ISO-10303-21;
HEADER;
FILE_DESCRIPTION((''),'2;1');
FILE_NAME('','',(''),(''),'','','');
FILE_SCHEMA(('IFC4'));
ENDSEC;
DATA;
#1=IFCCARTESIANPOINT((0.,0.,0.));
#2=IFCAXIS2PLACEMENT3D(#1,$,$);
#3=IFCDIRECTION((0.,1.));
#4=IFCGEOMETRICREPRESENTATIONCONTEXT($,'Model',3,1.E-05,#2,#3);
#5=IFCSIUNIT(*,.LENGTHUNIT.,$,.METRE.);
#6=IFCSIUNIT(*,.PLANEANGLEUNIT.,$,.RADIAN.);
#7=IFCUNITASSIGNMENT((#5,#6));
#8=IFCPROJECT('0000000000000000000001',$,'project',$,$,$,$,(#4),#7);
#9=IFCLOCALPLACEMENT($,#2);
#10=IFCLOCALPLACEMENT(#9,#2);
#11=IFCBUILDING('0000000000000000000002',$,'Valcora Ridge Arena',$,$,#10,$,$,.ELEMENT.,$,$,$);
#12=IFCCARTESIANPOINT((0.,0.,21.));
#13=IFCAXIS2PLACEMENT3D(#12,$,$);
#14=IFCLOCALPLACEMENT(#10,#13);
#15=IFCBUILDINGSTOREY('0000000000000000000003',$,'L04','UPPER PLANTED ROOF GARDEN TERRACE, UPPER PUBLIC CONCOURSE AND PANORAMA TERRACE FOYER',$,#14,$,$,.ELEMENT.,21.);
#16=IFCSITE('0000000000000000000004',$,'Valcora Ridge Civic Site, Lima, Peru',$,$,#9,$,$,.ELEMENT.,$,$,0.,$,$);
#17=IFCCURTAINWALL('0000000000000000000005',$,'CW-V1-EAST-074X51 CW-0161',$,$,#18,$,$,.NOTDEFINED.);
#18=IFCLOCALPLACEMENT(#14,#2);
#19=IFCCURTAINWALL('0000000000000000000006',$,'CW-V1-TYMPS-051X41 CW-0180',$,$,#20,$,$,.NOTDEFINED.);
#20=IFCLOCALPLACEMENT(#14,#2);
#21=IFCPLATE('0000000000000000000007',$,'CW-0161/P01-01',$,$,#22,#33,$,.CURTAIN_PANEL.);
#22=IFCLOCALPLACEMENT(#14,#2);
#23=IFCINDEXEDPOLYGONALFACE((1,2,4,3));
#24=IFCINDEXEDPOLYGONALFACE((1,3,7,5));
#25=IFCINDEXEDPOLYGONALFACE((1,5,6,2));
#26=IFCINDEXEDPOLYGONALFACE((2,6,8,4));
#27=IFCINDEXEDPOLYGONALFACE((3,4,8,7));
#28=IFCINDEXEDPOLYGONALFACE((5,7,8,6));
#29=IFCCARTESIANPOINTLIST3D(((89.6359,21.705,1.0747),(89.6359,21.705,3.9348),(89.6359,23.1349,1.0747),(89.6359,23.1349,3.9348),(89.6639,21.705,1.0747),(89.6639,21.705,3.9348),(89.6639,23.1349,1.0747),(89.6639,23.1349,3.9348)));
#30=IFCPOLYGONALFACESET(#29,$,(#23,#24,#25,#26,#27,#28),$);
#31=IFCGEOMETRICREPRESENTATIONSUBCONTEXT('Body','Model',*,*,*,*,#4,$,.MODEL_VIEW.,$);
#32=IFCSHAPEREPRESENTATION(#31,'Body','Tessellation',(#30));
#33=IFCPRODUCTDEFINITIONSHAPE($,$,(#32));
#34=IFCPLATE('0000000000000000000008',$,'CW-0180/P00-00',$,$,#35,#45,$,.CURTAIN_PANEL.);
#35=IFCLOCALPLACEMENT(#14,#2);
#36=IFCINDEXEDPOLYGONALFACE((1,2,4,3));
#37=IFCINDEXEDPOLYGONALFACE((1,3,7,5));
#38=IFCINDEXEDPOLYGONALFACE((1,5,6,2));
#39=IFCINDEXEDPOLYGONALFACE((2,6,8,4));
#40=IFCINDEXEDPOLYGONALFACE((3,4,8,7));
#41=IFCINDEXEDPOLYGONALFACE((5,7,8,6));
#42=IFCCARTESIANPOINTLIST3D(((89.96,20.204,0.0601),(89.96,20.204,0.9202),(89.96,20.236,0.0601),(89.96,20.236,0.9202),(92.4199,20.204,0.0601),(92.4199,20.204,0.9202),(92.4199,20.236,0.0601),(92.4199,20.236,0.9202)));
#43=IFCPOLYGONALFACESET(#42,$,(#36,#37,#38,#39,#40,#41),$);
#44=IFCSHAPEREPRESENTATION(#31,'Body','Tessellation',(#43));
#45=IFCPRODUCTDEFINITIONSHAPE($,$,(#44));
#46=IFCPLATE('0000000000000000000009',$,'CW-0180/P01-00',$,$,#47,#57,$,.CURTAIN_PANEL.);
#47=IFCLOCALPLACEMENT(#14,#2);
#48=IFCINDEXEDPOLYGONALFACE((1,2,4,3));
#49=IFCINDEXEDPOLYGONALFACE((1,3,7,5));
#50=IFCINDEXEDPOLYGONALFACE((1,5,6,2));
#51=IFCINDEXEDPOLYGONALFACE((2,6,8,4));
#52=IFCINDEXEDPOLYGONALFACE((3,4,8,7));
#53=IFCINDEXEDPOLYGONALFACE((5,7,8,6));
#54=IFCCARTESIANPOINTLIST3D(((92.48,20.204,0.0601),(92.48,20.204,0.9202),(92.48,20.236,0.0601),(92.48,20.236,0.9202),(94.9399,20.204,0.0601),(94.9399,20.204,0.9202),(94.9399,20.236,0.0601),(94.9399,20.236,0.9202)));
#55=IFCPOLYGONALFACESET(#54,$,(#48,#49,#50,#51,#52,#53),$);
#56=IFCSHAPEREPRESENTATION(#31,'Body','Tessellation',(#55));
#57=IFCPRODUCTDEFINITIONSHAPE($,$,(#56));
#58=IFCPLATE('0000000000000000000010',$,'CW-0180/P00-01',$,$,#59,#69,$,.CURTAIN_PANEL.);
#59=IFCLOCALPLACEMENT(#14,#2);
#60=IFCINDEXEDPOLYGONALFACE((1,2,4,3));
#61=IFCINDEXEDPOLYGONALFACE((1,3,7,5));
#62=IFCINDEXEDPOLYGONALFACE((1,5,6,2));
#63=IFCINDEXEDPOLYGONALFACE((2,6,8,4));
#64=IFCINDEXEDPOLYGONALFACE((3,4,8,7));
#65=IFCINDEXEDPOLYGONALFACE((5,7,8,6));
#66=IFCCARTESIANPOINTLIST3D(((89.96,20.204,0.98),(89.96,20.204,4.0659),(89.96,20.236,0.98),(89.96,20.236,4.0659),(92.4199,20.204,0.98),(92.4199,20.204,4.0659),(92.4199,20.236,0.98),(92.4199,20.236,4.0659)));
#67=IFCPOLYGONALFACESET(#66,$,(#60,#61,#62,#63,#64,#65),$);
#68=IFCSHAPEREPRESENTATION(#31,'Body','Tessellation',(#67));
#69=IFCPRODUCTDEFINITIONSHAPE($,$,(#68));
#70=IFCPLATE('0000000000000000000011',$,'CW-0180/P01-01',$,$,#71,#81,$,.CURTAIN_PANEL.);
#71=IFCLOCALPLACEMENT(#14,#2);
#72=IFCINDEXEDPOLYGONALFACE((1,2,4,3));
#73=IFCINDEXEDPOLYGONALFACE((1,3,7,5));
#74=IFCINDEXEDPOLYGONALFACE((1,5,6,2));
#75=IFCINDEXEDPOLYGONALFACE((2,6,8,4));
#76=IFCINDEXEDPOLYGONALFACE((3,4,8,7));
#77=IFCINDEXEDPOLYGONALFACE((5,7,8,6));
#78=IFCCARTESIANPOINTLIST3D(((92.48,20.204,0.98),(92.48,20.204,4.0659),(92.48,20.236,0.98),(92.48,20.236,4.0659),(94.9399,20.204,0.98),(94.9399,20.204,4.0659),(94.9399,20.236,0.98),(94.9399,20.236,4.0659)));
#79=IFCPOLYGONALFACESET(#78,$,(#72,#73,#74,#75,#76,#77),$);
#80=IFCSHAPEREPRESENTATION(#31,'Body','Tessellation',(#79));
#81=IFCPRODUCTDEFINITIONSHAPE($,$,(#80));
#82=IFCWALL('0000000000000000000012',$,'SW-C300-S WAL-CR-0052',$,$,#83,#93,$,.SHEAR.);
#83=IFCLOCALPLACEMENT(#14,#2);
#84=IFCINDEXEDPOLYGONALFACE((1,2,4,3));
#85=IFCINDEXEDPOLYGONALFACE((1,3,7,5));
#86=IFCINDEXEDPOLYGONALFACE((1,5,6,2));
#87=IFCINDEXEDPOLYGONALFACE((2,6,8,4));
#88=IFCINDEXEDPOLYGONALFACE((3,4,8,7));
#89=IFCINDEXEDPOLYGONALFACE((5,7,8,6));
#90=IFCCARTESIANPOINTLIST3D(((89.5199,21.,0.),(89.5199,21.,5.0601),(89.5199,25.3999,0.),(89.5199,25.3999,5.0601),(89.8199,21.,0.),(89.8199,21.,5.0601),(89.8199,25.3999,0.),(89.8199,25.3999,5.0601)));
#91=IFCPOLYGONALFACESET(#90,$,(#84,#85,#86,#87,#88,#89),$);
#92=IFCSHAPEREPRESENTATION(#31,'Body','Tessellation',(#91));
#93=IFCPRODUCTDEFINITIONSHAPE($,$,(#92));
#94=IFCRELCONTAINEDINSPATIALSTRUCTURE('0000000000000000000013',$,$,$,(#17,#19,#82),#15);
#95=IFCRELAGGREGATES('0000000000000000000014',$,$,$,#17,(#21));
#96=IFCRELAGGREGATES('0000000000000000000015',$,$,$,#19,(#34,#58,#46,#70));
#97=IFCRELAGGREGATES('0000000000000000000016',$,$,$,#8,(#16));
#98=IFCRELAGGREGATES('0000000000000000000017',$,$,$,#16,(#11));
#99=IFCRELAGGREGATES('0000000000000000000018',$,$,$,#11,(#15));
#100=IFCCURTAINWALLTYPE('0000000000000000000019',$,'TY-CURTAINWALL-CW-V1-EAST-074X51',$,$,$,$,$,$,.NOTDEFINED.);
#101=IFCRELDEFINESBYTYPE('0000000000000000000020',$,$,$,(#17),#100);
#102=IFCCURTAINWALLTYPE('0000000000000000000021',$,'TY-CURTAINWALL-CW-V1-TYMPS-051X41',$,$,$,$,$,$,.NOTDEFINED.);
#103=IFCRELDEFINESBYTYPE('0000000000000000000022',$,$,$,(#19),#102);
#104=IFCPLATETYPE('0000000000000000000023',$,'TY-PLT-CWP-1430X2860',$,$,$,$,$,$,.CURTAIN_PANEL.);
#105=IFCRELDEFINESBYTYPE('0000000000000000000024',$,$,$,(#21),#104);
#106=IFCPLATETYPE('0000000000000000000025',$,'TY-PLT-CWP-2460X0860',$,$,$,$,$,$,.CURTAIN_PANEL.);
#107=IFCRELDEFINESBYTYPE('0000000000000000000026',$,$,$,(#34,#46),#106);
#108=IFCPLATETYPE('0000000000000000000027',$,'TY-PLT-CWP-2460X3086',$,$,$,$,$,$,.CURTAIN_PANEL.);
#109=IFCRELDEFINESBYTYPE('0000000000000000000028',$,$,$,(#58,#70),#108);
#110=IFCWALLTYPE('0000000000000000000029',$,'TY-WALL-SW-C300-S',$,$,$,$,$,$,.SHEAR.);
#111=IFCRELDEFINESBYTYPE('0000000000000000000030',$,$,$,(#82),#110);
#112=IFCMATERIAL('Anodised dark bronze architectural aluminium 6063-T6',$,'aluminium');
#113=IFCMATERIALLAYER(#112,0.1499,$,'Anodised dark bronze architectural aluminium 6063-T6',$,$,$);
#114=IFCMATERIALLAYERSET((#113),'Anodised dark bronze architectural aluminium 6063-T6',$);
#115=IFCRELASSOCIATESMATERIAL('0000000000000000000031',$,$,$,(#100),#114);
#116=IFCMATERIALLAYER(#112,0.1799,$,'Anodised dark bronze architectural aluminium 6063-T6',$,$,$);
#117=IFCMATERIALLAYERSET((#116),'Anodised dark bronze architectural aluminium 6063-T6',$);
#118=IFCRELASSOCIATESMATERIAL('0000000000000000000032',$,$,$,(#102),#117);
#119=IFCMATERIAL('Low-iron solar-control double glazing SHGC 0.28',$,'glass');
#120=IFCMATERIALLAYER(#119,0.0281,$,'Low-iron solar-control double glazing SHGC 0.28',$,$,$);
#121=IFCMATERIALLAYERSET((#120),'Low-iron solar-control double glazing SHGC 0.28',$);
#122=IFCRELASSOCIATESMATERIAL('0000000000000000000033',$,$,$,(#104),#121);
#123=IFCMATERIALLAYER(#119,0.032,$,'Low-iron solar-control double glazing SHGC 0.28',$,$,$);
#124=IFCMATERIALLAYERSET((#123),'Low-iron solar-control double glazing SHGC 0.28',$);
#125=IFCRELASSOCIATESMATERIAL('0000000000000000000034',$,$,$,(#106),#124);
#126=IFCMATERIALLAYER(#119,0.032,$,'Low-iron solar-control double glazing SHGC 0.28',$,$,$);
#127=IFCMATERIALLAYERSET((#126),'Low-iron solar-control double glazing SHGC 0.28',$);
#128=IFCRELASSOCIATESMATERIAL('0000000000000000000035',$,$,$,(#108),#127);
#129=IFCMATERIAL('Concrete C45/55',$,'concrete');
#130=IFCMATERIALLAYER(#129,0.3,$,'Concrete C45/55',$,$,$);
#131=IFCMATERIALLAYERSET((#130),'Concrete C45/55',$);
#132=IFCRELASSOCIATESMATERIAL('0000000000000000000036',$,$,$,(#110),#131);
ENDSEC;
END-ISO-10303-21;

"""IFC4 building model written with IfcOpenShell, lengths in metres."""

from ifc_helpers import new_model, si_unit, direction, frame, frame_2d, origin, origin_2d, place, context, subcontext, project, spatial, rectangle, extrude, material, layer, layer_set, type_object, element, aggregate, save


model = new_model("IFC4")

# Units and contexts
model_context = context("Model", 3, precision=1e-05, world=origin(), true_north=direction((0.0, 1.0)))
body_context = subcontext(model_context, "Body", "Model", "MODEL_VIEW")
ifc_project = project(units=[si_unit("LENGTHUNIT", "METRE"), si_unit("PLANEANGLEUNIT", "RADIAN")], contexts=[model_context])

# Site, building, storey
site_placement = place(None, origin())
site = spatial("IfcSite", under=ifc_project, at=site_placement, Name="Valcora Ridge Civic Site, Lima, Peru", CompositionType="ELEMENT", RefElevation=0.0)
building_placement = place(site_placement, origin())
building = spatial("IfcBuilding", under=site, at=building_placement, Name="Valcora Ridge Arena", CompositionType="ELEMENT")
storey_placement = place(building_placement, frame((0.0, 0.0, 21.0)))
storey = spatial("IfcBuildingStorey", under=building, at=storey_placement, Name="L04", Description="UPPER PLANTED ROOF GARDEN TERRACE, UPPER PUBLIC CONCOURSE AND PANORAMA TERRACE FOYER", CompositionType="ELEMENT", Elevation=21.0)

# Curtain wall
ifc_material_1 = material(Name="Anodised dark bronze architectural aluminium 6063-T6", Category="aluminium")
ifc_layer_1 = layer(ifc_material_1, 0.1499, Name="Anodised dark bronze architectural aluminium 6063-T6")
ifc_layer_set_1 = layer_set([ifc_layer_1], Name="Anodised dark bronze architectural aluminium 6063-T6")
curtain_wall_type_1 = type_object("IfcCurtainWallType", Name="TY-CURTAINWALL-CW-V1-EAST-074X51", PredefinedType="NOTDEFINED", material=ifc_layer_set_1)
curtain_wall_1_placement = place(storey_placement, origin())
curtain_wall_1 = element("IfcCurtainWall", 1, at=curtain_wall_1_placement, inside=storey, type_object=curtain_wall_type_1, Name="CW-V1-EAST-074X51 CW-0161", PredefinedType="NOTDEFINED")

# Curtain wall
ifc_layer_2 = layer(ifc_material_1, 0.1799, Name="Anodised dark bronze architectural aluminium 6063-T6")
ifc_layer_set_2 = layer_set([ifc_layer_2], Name="Anodised dark bronze architectural aluminium 6063-T6")
curtain_wall_type_2 = type_object("IfcCurtainWallType", Name="TY-CURTAINWALL-CW-V1-TYMPS-051X41", PredefinedType="NOTDEFINED", material=ifc_layer_set_2)
curtain_wall_2_placement = place(storey_placement, origin())
curtain_wall_2 = element("IfcCurtainWall", 2, at=curtain_wall_2_placement, inside=storey, type_object=curtain_wall_type_2, Name="CW-V1-TYMPS-051X41 CW-0180", PredefinedType="NOTDEFINED")

# Plates
ifc_material_2 = material(Name="Low-iron solar-control double glazing SHGC 0.28", Category="glass")
ifc_layer_3 = layer(ifc_material_2, 0.0281, Name="Low-iron solar-control double glazing SHGC 0.28")
ifc_layer_set_3 = layer_set([ifc_layer_3], Name="Low-iron solar-control double glazing SHGC 0.28")
plate_type_1 = type_object("IfcPlateType", Name="TY-PLT-CWP-1430X2860", PredefinedType="CURTAIN_PANEL", material=ifc_layer_set_3)
plate_1_placement = place(storey_placement, frame((89.6499, 22.4199, 1.0747), z_axis=(0.0, 0.0, 1.0), x_axis=(0.0, 1.0, 0.0)))
plate_1 = element("IfcPlate", 3, at=plate_1_placement, type_object=plate_type_1, Name="CW-0161/P01-01", PredefinedType="CURTAIN_PANEL", context=body_context, shape_type="SweptSolid", body=[
    extrude(rectangle(XDim=1.4299, YDim=0.0281, at=origin_2d()), origin(), (0.0, 0.0, 1.0), 2.8601),
])
aggregate(curtain_wall_1, [plate_1])
ifc_layer_4 = layer(ifc_material_2, 0.032, Name="Low-iron solar-control double glazing SHGC 0.28")
ifc_layer_set_4 = layer_set([ifc_layer_4], Name="Low-iron solar-control double glazing SHGC 0.28")
plate_type_2 = type_object("IfcPlateType", Name="TY-PLT-CWP-2460X0860", PredefinedType="CURTAIN_PANEL", material=ifc_layer_set_4)
plate_2_placement = place(storey_placement, frame((91.1899, 20.22, 0.0601), z_axis=(0.0, 0.0, 1.0), x_axis=(1.0, 0.0, 0.0)))
plate_2 = element("IfcPlate", 4, at=plate_2_placement, type_object=plate_type_2, Name="CW-0180/P00-00", PredefinedType="CURTAIN_PANEL", context=body_context, shape_type="SweptSolid", body=[
    extrude(rectangle(XDim=2.46, YDim=0.032, at=origin_2d()), origin(), (0.0, 0.0, 1.0), 0.8601),
])
plate_3_placement = place(storey_placement, frame((93.71, 20.22, 0.0601), z_axis=(0.0, 0.0, 1.0), x_axis=(1.0, 0.0, 0.0)))
plate_3 = element("IfcPlate", 5, at=plate_3_placement, type_object=plate_type_2, Name="CW-0180/P01-00", PredefinedType="CURTAIN_PANEL", context=body_context, shape_type="SweptSolid", body=[
    extrude(rectangle(XDim=2.46, YDim=0.032, at=origin_2d()), origin(), (0.0, 0.0, 1.0), 0.8601),
])
ifc_layer_5 = layer(ifc_material_2, 0.032, Name="Low-iron solar-control double glazing SHGC 0.28")
ifc_layer_set_5 = layer_set([ifc_layer_5], Name="Low-iron solar-control double glazing SHGC 0.28")
plate_type_3 = type_object("IfcPlateType", Name="TY-PLT-CWP-2460X3086", PredefinedType="CURTAIN_PANEL", material=ifc_layer_set_5)
plate_4_placement = place(storey_placement, frame((91.1899, 20.22, 0.98), z_axis=(0.0, 0.0, 1.0), x_axis=(1.0, 0.0, 0.0)))
plate_4 = element("IfcPlate", 6, at=plate_4_placement, type_object=plate_type_3, Name="CW-0180/P00-01", PredefinedType="CURTAIN_PANEL", context=body_context, shape_type="SweptSolid", body=[
    extrude(rectangle(XDim=2.46, YDim=0.032, at=origin_2d()), origin(), (0.0, 0.0, 1.0), 3.0859),
])
plate_5_placement = place(storey_placement, frame((93.71, 20.22, 0.98), z_axis=(0.0, 0.0, 1.0), x_axis=(1.0, 0.0, 0.0)))
plate_5 = element("IfcPlate", 7, at=plate_5_placement, type_object=plate_type_3, Name="CW-0180/P01-01", PredefinedType="CURTAIN_PANEL", context=body_context, shape_type="SweptSolid", body=[
    extrude(rectangle(XDim=2.46, YDim=0.032, at=origin_2d()), origin(), (0.0, 0.0, 1.0), 3.0859),
])
aggregate(curtain_wall_2, [plate_2, plate_4, plate_3, plate_5])

# Wall
ifc_material_3 = material(Name="Concrete C45/55", Category="concrete")
ifc_layer_6 = layer(ifc_material_3, 0.3, Name="Concrete C45/55")
ifc_layer_set_6 = layer_set([ifc_layer_6], Name="Concrete C45/55")
wall_type = type_object("IfcWallType", Name="TY-WALL-SW-C300-S", PredefinedType="SHEAR", material=ifc_layer_set_6)
wall_placement = place(storey_placement, frame((89.6699, 21.0, 0.0), z_axis=(0.0, 0.0, 1.0), x_axis=(0.0, 1.0, 0.0)))
element("IfcWall", 8, at=wall_placement, inside=storey, type_object=wall_type, Name="SW-C300-S WAL-CR-0052", PredefinedType="SHEAR", context=body_context, shape_type="SweptSolid", body=[
    extrude(rectangle(XDim=4.3999, YDim=0.3, at=frame_2d((2.2, 0.0))), origin(), (0.0, 0.0, 1.0), 5.0601),
])

save(model, "model.ifc")
